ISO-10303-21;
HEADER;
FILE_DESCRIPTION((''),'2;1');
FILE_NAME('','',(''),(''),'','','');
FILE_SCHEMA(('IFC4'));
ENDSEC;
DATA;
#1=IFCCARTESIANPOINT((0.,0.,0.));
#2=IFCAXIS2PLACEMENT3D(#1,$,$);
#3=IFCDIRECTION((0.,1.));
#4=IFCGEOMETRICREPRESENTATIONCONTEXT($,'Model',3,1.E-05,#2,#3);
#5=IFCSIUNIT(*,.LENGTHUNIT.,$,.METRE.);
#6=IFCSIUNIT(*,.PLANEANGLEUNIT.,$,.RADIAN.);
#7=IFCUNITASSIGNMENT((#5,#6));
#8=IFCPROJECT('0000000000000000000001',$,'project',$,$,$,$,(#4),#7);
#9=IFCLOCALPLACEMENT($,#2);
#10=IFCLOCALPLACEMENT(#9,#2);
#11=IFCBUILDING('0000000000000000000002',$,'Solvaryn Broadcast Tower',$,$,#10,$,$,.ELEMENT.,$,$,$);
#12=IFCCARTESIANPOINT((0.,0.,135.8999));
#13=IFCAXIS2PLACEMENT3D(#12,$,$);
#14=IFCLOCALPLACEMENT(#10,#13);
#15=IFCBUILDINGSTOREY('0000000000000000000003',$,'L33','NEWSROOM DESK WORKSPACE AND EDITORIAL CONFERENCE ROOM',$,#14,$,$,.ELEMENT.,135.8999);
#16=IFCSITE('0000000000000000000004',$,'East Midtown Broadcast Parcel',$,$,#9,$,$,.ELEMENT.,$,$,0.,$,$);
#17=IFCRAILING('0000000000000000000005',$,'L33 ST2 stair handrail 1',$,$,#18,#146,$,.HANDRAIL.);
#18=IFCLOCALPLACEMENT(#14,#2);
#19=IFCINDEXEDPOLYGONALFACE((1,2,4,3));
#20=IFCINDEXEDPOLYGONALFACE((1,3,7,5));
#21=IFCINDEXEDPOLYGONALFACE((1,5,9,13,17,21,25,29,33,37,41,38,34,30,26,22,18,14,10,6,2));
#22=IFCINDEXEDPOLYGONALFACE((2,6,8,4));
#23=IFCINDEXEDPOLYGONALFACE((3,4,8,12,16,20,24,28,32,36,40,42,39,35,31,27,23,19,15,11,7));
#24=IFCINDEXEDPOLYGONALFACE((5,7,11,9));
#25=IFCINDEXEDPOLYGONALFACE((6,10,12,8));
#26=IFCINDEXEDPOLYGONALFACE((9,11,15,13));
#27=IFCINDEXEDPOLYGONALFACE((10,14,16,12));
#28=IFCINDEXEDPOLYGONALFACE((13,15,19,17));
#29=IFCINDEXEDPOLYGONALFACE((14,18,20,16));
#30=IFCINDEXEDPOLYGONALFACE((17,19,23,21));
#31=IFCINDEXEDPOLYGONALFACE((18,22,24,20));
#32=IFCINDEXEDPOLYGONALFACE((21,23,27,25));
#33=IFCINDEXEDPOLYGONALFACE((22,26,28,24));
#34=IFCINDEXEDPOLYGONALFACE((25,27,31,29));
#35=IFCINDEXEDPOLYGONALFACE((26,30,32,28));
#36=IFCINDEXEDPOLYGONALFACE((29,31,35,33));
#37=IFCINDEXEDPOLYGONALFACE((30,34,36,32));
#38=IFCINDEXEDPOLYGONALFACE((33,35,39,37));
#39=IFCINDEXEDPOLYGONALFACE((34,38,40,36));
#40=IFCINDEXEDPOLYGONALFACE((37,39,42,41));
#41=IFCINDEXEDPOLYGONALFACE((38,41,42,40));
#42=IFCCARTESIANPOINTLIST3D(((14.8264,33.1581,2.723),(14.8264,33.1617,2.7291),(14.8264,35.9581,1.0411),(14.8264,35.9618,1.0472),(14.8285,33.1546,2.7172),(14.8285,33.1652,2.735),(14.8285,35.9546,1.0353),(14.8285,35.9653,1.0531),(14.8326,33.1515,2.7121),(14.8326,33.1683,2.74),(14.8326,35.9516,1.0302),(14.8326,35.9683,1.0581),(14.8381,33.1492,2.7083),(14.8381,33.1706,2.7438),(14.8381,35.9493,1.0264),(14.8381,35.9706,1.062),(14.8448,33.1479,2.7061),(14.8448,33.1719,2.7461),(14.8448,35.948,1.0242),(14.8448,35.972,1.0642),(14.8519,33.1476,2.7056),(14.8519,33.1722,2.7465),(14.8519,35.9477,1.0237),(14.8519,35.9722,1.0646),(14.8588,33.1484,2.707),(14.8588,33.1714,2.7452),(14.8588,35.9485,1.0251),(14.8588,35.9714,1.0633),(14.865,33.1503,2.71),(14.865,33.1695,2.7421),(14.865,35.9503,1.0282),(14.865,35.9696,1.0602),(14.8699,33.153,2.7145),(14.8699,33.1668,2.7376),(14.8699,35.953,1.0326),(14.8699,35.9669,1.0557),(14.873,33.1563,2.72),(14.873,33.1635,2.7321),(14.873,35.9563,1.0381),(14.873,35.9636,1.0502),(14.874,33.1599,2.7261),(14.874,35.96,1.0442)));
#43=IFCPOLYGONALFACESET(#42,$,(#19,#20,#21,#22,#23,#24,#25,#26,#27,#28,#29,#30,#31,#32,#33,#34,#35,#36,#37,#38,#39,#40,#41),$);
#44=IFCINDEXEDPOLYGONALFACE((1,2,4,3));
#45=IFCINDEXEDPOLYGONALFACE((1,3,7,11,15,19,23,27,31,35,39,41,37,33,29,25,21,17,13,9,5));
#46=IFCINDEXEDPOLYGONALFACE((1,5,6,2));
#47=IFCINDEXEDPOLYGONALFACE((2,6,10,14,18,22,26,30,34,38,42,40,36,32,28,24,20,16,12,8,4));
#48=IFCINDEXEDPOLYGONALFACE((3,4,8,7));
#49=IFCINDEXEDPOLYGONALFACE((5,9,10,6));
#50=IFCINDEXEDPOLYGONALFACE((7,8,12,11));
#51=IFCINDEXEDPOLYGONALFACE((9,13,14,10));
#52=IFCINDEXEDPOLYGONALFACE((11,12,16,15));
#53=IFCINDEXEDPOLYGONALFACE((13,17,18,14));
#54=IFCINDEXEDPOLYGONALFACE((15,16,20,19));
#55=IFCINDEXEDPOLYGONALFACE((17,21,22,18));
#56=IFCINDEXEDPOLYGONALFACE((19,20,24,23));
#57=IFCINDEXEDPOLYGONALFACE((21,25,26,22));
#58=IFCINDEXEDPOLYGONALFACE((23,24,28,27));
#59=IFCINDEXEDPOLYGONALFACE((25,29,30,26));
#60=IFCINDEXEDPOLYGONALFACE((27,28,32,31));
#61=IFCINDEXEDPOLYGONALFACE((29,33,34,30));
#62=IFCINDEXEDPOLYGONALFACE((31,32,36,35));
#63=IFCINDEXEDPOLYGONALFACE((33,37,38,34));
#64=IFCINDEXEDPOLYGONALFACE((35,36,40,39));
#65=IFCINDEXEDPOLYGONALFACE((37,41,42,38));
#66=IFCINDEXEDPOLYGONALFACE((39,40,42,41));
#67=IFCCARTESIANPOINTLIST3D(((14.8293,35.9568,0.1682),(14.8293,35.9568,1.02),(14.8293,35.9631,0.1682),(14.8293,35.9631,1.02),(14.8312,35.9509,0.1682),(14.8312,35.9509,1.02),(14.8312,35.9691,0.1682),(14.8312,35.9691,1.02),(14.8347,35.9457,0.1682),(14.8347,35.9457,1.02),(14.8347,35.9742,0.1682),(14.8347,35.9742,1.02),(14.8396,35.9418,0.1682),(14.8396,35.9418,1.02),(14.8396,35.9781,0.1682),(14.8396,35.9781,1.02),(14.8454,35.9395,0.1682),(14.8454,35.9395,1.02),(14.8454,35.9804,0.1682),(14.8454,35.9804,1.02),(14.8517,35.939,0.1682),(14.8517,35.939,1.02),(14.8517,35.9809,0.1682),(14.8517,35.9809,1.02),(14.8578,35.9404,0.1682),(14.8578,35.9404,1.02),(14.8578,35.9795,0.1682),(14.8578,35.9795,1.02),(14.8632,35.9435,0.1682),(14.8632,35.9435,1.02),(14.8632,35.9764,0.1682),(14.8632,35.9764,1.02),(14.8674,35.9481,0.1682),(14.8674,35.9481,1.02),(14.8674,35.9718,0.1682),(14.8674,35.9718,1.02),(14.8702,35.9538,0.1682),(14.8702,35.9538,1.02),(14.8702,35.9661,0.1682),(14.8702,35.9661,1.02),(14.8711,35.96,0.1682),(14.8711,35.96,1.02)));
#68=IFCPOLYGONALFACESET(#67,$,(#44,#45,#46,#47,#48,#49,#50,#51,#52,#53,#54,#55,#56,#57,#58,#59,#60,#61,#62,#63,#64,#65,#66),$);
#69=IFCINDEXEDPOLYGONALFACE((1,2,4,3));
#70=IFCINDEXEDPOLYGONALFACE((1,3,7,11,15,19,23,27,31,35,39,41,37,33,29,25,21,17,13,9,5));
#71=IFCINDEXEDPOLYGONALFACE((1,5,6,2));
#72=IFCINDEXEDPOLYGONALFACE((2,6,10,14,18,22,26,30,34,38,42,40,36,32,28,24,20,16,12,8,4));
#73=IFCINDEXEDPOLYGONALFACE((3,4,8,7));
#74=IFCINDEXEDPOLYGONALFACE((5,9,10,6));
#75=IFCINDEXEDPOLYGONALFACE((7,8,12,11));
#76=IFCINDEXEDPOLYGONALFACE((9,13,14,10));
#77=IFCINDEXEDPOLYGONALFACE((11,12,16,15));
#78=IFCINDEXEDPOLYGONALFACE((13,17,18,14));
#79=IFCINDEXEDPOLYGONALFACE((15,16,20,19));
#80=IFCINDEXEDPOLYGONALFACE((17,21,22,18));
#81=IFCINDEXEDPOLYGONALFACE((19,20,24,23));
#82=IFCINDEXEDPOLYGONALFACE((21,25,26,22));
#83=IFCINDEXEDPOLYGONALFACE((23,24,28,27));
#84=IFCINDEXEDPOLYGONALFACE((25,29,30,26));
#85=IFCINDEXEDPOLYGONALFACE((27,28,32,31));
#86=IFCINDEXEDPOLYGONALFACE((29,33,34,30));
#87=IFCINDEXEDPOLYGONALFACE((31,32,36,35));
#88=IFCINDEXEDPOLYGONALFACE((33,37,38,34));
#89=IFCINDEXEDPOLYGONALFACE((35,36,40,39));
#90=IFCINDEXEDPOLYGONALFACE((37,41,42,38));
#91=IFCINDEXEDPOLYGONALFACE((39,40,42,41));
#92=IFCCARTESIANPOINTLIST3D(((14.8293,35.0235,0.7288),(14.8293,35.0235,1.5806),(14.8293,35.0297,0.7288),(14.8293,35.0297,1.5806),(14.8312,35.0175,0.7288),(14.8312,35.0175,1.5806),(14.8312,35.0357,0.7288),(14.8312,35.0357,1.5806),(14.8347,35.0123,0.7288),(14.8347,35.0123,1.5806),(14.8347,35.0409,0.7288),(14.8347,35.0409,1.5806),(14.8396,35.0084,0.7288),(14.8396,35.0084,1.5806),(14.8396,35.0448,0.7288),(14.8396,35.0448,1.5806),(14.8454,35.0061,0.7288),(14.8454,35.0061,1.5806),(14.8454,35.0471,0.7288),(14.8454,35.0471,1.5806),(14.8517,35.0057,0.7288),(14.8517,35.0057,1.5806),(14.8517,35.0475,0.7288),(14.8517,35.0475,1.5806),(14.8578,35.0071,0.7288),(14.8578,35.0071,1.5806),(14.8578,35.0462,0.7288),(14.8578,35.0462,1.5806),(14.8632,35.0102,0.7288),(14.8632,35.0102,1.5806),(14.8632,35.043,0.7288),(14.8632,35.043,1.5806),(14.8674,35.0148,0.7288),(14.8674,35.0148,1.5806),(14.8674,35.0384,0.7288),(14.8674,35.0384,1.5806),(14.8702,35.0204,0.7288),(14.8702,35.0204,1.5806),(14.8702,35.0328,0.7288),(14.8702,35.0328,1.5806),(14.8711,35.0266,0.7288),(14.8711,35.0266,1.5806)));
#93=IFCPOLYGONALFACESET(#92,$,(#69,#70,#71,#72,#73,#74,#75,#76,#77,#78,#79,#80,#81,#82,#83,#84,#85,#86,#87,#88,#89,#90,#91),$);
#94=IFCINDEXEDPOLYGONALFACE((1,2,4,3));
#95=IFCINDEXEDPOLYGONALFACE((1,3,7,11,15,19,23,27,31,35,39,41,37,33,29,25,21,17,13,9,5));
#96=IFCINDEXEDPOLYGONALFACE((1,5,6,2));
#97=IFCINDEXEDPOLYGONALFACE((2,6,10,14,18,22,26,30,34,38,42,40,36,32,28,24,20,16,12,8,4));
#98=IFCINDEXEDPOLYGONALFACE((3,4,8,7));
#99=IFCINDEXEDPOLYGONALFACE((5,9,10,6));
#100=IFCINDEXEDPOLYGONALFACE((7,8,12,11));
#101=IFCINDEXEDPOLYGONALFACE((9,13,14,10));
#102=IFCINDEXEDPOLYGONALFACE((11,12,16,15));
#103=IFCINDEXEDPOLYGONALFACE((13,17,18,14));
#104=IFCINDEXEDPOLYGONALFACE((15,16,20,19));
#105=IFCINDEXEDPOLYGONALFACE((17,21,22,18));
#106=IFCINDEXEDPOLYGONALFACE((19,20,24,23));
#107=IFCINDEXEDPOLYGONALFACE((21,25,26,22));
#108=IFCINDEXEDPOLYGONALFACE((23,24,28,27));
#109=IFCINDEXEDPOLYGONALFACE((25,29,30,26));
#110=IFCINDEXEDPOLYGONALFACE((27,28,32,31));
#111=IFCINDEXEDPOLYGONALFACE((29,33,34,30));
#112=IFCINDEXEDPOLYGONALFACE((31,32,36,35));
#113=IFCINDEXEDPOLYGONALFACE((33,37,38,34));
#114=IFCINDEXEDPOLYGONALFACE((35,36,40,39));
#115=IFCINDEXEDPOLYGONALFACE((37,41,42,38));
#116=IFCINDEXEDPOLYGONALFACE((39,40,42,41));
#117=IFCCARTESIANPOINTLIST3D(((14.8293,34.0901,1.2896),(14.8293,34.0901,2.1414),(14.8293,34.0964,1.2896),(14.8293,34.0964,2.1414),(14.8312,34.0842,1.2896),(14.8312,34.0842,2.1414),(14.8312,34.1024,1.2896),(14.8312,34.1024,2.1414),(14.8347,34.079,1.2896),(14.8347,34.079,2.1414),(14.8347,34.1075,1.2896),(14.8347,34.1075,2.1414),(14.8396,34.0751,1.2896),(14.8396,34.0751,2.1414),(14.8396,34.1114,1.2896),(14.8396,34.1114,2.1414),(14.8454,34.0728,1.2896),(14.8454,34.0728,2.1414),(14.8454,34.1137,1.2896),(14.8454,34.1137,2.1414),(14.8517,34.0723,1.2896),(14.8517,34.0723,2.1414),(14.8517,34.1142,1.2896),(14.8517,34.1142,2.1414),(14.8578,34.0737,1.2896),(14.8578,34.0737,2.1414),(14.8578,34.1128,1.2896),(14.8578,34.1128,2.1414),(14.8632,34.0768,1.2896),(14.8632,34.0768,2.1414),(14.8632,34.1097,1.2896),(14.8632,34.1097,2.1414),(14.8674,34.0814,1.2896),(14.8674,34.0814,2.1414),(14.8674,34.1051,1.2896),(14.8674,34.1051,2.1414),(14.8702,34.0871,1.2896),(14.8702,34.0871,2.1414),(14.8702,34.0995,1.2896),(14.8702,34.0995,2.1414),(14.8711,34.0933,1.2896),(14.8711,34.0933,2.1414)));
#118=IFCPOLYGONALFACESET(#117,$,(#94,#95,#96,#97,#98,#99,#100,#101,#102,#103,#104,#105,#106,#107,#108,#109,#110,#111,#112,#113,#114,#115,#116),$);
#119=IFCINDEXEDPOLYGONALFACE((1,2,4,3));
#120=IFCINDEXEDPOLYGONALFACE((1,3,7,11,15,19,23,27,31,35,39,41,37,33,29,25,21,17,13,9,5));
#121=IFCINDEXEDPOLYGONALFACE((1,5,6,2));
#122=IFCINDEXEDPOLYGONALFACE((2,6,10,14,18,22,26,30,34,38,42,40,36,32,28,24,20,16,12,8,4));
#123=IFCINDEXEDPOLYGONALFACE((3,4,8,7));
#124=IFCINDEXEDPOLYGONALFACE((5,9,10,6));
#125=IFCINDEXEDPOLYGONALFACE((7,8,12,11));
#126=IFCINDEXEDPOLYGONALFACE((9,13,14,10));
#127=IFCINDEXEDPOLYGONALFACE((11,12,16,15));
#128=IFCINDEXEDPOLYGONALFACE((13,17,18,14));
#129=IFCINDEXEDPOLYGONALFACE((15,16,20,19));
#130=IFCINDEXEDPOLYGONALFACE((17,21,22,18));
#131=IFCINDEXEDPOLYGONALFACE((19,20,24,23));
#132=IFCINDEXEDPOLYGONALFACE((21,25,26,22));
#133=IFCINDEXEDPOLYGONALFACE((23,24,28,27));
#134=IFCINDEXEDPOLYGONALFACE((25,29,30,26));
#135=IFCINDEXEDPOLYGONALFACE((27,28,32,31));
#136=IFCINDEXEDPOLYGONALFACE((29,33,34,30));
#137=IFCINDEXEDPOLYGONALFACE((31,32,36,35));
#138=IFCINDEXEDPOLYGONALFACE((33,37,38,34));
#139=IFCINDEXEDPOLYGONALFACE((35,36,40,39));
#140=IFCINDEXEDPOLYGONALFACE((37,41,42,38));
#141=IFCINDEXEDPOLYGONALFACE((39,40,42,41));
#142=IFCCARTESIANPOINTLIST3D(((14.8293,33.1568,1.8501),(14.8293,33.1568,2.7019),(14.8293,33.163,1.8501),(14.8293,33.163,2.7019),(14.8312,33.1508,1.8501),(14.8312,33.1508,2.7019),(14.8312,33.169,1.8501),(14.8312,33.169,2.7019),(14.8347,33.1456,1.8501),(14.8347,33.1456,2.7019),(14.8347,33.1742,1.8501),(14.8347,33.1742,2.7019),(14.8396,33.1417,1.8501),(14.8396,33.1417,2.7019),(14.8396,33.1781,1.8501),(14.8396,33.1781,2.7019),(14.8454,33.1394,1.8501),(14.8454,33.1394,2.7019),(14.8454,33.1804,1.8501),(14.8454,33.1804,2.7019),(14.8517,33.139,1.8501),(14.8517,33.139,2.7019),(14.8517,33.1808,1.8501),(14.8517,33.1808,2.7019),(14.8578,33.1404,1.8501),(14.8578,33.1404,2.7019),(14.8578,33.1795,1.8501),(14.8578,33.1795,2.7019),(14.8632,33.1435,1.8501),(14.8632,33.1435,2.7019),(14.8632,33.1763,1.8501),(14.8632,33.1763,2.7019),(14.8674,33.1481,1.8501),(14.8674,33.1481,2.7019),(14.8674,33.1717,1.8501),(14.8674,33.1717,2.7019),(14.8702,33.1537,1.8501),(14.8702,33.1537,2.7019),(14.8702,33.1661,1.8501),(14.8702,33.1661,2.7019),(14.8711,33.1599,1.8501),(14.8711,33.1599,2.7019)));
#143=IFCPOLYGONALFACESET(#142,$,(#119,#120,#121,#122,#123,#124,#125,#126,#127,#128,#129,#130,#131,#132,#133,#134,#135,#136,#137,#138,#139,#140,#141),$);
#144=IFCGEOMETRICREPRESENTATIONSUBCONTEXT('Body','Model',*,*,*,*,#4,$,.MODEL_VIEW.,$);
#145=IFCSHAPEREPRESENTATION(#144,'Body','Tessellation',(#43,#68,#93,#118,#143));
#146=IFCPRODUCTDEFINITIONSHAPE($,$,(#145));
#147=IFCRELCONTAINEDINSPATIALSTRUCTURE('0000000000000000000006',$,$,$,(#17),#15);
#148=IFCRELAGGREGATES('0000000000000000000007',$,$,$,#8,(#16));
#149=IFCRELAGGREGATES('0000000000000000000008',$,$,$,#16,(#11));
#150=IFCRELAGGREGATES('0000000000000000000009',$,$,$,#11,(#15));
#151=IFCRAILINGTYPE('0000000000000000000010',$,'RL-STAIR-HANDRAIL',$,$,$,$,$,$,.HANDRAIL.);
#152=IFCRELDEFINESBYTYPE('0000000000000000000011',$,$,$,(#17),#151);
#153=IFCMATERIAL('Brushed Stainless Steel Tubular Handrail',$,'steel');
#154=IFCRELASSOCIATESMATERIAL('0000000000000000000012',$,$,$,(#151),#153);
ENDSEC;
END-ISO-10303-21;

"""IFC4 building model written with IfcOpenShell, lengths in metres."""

from ifc_helpers import new_model, si_unit, direction, frame, origin, origin_2d, place, context, subcontext, project, spatial, circle, extrude, material, type_object, element, save


model = new_model("IFC4")

# Units and contexts
model_context = context("Model", 3, precision=1e-05, world=origin(), true_north=direction((0.0, 1.0)))
body_context = subcontext(model_context, "Body", "Model", "MODEL_VIEW")
ifc_project = project(units=[si_unit("LENGTHUNIT", "METRE"), si_unit("PLANEANGLEUNIT", "RADIAN")], contexts=[model_context])

# Site, building, storey
site_placement = place(None, origin())
site = spatial("IfcSite", under=ifc_project, at=site_placement, Name="East Midtown Broadcast Parcel", CompositionType="ELEMENT", RefElevation=0.0)
building_placement = place(site_placement, origin())
building = spatial("IfcBuilding", under=site, at=building_placement, Name="Solvaryn Broadcast Tower", CompositionType="ELEMENT")
storey_placement = place(building_placement, frame((0.0, 0.0, 135.8999)))
storey = spatial("IfcBuildingStorey", under=building, at=storey_placement, Name="L33", Description="NEWSROOM DESK WORKSPACE AND EDITORIAL CONFERENCE ROOM", CompositionType="ELEMENT", Elevation=135.8999)

# Railing
ifc_material_1 = material(Name="Brushed Stainless Steel Tubular Handrail", Category="steel")
railing_type_1 = type_object("IfcRailingType", Name="RL-STAIR-HANDRAIL", PredefinedType="HANDRAIL", material=ifc_material_1)
railing_1_placement = place(storey_placement, frame((14.8501, 35.96, 0.1682)))
element("IfcRailing", 1, at=railing_1_placement, inside=storey, type_object=railing_type_1, Name="L33 ST2 stair handrail 1", PredefinedType="HANDRAIL", context=body_context, shape_type="SweptSolid", body=[
    extrude(circle(Radius=0.0239, at=origin_2d()), frame((0.0, 0.0, 0.876), z_axis=(0.0, -0.857242, 0.514913), x_axis=(1.0, 0.0, 0.0)), (0.0, 0.0, 1.0), 3.2664),
    extrude(circle(Radius=0.021, at=origin_2d()), origin(), (0.0, 0.0, 1.0), 0.8518),
    extrude(circle(Radius=0.021, at=origin_2d()), frame((0.0, -0.9333, 0.5605)), (0.0, 0.0, 1.0), 0.8518),
    extrude(circle(Radius=0.021, at=origin_2d()), frame((0.0, -1.8667, 1.1213)), (0.0, 0.0, 1.0), 0.8518),
    extrude(circle(Radius=0.021, at=origin_2d()), frame((0.0, -2.8, 1.6819)), (0.0, 0.0, 1.0), 0.8518),
])

save(model, "model.ifc")
